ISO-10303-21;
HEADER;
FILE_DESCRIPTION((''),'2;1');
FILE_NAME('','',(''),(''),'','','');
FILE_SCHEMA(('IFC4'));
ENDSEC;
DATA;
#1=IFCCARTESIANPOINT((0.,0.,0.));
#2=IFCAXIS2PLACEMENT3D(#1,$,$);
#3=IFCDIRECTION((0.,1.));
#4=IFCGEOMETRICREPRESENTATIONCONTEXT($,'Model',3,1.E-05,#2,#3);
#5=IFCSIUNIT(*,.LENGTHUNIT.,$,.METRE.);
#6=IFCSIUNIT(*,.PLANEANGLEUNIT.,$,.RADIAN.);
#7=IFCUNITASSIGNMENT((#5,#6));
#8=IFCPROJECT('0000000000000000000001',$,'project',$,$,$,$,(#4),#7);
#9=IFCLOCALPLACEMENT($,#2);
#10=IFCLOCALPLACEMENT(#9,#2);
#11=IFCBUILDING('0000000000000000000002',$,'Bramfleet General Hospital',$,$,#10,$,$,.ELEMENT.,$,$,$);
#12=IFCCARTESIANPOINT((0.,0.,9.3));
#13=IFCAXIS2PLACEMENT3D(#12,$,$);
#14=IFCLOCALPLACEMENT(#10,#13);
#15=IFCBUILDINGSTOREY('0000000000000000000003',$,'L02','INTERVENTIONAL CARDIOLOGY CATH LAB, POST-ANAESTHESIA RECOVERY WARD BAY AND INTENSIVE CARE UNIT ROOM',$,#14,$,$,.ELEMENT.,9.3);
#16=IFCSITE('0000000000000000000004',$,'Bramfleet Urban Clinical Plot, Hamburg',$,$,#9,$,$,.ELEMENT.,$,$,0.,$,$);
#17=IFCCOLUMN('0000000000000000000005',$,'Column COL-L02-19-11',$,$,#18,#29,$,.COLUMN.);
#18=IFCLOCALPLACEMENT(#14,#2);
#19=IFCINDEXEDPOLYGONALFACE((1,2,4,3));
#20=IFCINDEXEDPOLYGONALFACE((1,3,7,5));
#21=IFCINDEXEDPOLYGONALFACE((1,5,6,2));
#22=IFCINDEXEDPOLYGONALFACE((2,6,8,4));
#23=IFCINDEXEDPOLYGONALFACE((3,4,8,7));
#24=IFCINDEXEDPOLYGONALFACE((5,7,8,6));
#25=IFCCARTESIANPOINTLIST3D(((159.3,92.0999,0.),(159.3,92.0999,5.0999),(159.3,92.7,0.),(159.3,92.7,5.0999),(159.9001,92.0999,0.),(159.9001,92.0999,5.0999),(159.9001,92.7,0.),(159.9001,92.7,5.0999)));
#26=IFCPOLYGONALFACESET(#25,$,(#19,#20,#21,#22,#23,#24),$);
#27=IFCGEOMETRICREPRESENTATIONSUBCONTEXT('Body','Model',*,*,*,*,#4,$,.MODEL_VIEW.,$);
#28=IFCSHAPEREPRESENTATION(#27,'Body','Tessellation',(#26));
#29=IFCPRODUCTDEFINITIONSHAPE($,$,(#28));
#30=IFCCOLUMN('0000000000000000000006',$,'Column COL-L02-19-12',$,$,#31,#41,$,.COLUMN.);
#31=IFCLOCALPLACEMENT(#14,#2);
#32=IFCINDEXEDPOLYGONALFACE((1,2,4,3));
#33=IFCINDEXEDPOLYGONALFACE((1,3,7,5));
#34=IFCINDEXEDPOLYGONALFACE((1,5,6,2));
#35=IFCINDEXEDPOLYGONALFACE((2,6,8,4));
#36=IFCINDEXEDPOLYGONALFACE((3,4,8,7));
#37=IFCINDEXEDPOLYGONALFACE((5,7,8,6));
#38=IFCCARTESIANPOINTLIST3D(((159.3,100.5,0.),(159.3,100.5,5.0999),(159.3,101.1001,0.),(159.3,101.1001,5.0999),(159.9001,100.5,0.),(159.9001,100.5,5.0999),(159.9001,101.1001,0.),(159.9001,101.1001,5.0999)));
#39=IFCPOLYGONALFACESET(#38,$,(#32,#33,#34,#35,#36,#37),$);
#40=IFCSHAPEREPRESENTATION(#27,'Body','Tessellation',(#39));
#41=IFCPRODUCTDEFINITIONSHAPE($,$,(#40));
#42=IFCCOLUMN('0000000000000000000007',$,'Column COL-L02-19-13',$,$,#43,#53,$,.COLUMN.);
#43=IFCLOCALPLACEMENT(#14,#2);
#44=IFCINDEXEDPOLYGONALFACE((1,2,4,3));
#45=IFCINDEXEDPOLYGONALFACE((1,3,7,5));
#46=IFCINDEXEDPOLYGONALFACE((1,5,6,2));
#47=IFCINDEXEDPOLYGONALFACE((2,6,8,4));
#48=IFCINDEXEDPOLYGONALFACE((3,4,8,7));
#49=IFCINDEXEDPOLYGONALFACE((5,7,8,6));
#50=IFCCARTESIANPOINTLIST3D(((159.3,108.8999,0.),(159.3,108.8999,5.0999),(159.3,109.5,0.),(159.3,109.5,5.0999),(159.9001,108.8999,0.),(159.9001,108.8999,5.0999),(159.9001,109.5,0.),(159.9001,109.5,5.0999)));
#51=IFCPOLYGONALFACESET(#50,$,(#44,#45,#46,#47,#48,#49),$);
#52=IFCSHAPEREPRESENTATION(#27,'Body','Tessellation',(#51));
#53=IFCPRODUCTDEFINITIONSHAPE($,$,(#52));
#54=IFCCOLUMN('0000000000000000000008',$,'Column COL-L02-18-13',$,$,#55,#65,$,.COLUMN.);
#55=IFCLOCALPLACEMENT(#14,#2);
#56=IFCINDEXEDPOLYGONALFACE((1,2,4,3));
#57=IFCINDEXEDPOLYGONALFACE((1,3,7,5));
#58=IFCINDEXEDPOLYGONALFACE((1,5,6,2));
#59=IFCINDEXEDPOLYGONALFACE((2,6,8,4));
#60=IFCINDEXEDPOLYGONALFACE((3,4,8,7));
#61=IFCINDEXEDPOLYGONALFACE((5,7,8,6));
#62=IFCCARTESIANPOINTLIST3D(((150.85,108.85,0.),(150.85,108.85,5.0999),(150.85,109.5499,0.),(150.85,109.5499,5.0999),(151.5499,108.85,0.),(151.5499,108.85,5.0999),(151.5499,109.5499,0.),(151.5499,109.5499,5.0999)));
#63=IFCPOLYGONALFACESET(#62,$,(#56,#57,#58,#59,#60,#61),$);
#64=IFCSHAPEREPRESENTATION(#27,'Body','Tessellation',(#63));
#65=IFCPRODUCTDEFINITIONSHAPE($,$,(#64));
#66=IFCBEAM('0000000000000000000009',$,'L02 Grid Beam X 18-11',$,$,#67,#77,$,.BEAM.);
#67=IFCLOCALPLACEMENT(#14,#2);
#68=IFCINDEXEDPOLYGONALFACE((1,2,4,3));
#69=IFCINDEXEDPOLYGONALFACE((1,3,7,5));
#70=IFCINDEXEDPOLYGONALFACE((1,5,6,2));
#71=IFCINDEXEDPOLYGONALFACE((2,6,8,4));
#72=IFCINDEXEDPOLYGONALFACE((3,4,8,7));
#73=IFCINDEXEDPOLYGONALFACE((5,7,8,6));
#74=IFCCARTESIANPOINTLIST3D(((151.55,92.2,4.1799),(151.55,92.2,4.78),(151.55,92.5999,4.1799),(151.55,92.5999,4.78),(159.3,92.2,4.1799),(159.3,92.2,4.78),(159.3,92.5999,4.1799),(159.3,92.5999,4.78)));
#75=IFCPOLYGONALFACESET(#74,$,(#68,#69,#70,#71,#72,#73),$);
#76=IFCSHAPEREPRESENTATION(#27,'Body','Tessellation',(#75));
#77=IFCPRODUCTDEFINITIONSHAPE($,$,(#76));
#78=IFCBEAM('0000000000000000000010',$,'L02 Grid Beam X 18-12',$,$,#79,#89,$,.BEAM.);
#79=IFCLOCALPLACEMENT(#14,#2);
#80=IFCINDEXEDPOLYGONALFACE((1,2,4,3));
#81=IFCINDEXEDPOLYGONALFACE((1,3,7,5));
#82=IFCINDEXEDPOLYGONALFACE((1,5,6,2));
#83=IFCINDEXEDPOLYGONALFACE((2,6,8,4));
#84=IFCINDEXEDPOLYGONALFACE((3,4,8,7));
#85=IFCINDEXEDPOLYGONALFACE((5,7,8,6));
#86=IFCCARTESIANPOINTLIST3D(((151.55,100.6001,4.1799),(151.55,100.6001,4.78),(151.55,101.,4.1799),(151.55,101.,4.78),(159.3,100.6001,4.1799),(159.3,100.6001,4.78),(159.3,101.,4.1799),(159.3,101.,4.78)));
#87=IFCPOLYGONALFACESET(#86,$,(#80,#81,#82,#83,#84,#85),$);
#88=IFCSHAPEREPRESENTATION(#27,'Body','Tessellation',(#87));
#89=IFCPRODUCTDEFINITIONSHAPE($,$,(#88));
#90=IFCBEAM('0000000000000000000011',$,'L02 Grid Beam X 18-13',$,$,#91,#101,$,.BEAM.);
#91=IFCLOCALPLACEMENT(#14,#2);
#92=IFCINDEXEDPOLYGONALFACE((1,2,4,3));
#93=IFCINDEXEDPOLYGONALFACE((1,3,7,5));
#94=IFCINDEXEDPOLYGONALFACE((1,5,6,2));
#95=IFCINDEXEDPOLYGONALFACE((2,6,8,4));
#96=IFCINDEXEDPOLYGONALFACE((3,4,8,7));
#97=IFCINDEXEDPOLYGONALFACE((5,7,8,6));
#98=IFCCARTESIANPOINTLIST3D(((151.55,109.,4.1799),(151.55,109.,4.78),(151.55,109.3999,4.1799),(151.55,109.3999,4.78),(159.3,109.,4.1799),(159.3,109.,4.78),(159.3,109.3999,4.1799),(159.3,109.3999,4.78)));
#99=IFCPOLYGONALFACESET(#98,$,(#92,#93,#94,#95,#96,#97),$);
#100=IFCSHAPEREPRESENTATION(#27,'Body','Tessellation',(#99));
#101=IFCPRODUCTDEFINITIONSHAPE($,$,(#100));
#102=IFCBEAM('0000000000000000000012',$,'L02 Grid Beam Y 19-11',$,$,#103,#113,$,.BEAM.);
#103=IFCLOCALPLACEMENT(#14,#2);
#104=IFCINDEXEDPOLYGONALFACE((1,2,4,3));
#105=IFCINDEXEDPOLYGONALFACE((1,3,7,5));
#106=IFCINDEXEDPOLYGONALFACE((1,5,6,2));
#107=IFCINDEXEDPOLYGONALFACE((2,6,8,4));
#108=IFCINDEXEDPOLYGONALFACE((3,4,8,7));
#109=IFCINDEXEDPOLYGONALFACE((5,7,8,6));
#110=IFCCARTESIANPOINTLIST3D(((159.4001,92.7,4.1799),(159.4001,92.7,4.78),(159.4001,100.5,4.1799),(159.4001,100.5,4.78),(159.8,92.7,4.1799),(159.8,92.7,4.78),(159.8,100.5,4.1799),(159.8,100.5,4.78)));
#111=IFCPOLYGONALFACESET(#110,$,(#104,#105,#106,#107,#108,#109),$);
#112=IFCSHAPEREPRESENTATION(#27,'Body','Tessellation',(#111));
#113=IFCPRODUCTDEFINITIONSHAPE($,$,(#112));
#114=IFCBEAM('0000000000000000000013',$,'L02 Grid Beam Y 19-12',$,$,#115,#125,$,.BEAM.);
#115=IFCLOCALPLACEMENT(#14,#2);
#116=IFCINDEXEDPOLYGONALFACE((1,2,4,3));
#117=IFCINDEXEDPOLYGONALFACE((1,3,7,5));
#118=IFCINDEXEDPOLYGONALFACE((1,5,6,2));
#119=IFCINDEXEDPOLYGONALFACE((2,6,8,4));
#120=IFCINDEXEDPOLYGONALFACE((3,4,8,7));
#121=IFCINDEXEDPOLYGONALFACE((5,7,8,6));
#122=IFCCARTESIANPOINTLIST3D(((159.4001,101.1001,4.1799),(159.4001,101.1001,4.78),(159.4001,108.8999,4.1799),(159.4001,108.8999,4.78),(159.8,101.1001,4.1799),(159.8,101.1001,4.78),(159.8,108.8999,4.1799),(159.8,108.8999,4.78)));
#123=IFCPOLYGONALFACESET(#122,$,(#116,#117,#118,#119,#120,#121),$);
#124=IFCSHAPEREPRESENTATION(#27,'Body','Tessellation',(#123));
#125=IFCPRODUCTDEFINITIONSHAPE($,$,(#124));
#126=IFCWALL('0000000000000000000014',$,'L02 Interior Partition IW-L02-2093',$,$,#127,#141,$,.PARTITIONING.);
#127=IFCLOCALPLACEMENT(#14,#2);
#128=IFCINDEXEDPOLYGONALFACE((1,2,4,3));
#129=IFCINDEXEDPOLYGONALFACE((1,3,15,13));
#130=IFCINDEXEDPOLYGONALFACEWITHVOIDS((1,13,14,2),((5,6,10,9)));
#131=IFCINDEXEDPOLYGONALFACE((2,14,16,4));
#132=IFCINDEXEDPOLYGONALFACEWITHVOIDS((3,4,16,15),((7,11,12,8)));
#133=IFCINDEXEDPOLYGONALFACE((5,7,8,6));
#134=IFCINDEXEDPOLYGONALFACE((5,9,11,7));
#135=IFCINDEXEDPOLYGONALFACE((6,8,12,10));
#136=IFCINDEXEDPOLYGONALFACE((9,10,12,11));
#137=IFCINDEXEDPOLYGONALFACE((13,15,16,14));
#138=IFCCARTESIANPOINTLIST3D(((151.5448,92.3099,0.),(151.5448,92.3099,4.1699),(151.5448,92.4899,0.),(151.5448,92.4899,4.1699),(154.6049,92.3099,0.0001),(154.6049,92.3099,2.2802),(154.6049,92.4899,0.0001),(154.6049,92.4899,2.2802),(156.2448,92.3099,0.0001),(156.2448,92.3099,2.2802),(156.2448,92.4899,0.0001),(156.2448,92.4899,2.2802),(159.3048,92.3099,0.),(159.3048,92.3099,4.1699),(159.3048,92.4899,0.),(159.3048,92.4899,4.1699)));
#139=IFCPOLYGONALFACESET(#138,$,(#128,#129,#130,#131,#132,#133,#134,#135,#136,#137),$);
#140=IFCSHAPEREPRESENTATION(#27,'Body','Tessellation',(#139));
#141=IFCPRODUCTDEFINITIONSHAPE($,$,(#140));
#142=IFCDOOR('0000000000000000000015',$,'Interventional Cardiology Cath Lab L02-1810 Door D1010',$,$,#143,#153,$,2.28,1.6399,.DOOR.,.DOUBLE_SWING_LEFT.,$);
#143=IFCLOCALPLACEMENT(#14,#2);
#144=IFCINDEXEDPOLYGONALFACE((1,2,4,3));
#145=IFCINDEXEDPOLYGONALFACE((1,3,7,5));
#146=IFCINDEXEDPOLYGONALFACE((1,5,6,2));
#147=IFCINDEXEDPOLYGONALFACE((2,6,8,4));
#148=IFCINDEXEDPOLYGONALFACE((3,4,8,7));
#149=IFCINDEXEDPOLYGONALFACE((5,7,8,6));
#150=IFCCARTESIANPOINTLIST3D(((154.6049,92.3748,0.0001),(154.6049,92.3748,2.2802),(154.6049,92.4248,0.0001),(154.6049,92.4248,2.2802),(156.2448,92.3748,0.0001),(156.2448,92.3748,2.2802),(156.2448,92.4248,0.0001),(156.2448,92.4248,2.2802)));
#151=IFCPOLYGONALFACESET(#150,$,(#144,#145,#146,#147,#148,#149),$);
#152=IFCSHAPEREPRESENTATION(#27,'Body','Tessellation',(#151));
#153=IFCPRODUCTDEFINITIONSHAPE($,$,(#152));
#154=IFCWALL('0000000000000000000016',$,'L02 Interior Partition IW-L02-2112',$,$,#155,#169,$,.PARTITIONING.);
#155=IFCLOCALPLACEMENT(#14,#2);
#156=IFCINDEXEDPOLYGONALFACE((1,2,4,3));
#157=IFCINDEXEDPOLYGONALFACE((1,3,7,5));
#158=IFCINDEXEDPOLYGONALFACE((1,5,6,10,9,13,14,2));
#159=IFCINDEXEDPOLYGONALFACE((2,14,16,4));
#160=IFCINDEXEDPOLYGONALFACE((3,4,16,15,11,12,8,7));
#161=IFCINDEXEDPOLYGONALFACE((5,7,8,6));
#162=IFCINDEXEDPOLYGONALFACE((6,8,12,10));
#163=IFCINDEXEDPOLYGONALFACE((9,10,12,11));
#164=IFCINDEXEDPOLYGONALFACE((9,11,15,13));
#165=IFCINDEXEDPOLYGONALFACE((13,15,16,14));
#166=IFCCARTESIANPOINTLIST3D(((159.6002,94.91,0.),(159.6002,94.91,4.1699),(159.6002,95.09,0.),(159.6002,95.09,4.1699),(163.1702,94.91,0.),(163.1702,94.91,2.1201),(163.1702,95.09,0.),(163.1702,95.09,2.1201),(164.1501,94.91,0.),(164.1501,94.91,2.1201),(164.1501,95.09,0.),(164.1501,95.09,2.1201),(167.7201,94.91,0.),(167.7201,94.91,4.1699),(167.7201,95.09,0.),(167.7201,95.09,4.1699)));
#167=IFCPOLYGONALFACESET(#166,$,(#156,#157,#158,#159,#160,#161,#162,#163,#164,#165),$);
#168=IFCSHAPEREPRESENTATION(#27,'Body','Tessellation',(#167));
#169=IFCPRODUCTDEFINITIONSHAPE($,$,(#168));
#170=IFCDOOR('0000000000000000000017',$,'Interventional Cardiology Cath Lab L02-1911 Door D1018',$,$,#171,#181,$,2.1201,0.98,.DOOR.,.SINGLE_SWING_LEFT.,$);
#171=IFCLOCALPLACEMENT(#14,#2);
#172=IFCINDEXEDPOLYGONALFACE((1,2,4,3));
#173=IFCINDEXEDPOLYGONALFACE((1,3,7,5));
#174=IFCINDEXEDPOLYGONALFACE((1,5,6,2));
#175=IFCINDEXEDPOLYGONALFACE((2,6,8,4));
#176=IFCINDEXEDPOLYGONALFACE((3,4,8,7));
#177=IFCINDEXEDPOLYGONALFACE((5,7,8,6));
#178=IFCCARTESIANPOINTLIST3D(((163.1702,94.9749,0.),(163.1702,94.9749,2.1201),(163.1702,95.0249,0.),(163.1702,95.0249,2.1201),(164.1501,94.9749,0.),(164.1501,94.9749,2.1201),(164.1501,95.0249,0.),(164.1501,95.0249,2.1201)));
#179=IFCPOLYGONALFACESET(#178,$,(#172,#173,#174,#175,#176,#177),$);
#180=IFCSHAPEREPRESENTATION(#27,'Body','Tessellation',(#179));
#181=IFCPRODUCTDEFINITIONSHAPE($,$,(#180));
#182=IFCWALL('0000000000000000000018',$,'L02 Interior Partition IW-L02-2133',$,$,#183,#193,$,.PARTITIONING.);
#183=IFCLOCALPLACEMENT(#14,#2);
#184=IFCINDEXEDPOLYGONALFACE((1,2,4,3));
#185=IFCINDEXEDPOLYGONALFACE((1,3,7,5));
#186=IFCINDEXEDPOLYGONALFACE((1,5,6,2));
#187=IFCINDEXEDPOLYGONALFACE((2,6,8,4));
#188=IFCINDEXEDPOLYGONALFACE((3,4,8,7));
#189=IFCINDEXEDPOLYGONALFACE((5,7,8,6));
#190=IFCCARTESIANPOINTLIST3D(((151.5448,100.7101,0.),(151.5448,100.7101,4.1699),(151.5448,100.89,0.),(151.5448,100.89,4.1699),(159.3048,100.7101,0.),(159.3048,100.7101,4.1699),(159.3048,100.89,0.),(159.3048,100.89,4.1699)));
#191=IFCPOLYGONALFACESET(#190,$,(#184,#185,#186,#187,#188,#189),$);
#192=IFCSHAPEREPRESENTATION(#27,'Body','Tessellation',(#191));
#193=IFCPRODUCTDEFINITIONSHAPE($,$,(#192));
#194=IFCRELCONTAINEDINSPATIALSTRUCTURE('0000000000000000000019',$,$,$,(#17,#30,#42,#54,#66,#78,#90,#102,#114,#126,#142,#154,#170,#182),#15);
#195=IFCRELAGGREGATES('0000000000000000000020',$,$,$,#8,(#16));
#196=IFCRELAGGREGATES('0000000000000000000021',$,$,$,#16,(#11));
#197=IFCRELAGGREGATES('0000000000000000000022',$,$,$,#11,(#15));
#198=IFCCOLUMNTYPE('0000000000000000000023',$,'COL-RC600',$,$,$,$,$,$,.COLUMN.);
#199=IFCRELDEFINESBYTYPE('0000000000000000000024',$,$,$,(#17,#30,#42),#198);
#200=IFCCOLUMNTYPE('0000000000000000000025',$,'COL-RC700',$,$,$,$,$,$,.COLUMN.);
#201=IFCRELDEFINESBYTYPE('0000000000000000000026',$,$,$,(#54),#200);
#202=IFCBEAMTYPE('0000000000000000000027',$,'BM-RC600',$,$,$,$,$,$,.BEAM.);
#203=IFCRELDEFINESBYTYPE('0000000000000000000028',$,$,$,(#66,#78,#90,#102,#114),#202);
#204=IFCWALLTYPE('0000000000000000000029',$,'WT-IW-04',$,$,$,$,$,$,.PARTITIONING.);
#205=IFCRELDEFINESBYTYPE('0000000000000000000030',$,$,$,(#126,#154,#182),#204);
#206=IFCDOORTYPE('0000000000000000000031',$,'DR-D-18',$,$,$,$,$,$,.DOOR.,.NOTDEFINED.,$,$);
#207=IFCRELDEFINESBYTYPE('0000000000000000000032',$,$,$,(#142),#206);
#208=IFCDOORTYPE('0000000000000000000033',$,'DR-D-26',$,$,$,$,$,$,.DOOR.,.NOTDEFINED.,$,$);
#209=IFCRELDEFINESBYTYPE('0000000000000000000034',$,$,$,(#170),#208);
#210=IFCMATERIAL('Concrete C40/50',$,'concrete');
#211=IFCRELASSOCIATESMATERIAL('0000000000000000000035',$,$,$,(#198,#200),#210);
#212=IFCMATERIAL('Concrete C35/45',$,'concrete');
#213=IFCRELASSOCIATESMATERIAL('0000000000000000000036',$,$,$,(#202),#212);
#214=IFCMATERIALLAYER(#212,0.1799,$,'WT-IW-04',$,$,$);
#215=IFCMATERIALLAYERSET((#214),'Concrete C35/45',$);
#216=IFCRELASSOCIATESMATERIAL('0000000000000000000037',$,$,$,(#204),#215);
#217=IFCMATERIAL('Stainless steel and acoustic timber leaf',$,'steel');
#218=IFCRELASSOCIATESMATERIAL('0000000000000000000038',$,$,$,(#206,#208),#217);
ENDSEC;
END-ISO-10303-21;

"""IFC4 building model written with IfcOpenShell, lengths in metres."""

from ifc_helpers import new_model, si_unit, direction, frame, frame_2d, origin, origin_2d, place, context, subcontext, project, spatial, rectangle, extrude, material, layer, layer_set, material_profile, profile_set, type_object, element, fill, save


model = new_model("IFC4")

# Units and contexts
model_context = context("Model", 3, precision=1e-05, world=origin(), true_north=direction((0.0, 1.0)))
body_context = subcontext(model_context, "Body", "Model", "MODEL_VIEW")
ifc_project = project(units=[si_unit("LENGTHUNIT", "METRE"), si_unit("PLANEANGLEUNIT", "RADIAN")], contexts=[model_context])

# Site, building, storey
site_placement = place(None, origin())
site = spatial("IfcSite", under=ifc_project, at=site_placement, Name="Bramfleet Urban Clinical Plot, Hamburg", CompositionType="ELEMENT", RefElevation=0.0)
building_placement = place(site_placement, origin())
building = spatial("IfcBuilding", under=site, at=building_placement, Name="Bramfleet General Hospital", CompositionType="ELEMENT")
storey_placement = place(building_placement, frame((0.0, 0.0, 9.3)))
storey = spatial("IfcBuildingStorey", under=building, at=storey_placement, Name="L02", Description="INTERVENTIONAL CARDIOLOGY CATH LAB, POST-ANAESTHESIA RECOVERY WARD BAY AND INTENSIVE CARE UNIT ROOM", CompositionType="ELEMENT", Elevation=9.3)

# Columns
ifc_material_1 = material(Name="Concrete C40/50", Category="concrete")
ifc_material_profile_1 = material_profile(ifc_material_1, rectangle(XDim=0.6001, YDim=0.6001, at=origin_2d()), Name="RC COL 600x600")
ifc_profile_set_1 = profile_set([ifc_material_profile_1], Name="Concrete C40/50")
column_type_1 = type_object("IfcColumnType", Name="COL-RC600", PredefinedType="COLUMN", material=ifc_profile_set_1)
for number, where, z_axis, x_axis, name in (
    (1, (159.6001, 92.3999, 0.0), (0.0, 0.0, 1.0), (1.0, 0.0, 0.0), "Column COL-L02-19-11"),
    (2, (159.6001, 100.8, 0.0), (0.0, 0.0, 1.0), (1.0, 0.0, 0.0), "Column COL-L02-19-12"),
    (3, (159.6001, 109.2, 0.0), (0.0, 0.0, 1.0), (1.0, 0.0, 0.0), "Column COL-L02-19-13"),
):
    element("IfcColumn", number, at=place(storey_placement, frame(where, z_axis=z_axis, x_axis=x_axis)), inside=storey, type_object=column_type_1, Name=name, PredefinedType="COLUMN", context=body_context, shape_type="SweptSolid", body=[
        extrude(rectangle(XDim=0.6001, YDim=0.6001, at=origin_2d()), origin(), (0.0, 0.0, 1.0), 5.0999),
    ])
ifc_material_profile_2 = material_profile(ifc_material_1, rectangle(XDim=0.7, YDim=0.7, at=origin_2d()), Name="RC COL 700x700")
ifc_profile_set_2 = profile_set([ifc_material_profile_2], Name="Concrete C40/50")
column_type_2 = type_object("IfcColumnType", Name="COL-RC700", PredefinedType="COLUMN", material=ifc_profile_set_2)
column_placement = place(storey_placement, frame((151.2, 109.2, 0.0), z_axis=(0.0, 0.0, 1.0), x_axis=(1.0, 0.0, 0.0)))
element("IfcColumn", 4, at=column_placement, inside=storey, type_object=column_type_2, Name="Column COL-L02-18-13", PredefinedType="COLUMN", context=body_context, shape_type="SweptSolid", body=[
    extrude(rectangle(XDim=0.7, YDim=0.7, at=origin_2d()), origin(), (0.0, 0.0, 1.0), 5.0999),
])

# Beams
ifc_material_2 = material(Name="Concrete C35/45", Category="concrete")
ifc_material_profile_3 = material_profile(ifc_material_2, rectangle(XDim=0.3999, YDim=0.6001, at=origin_2d()), Name="RC BM 600x400")
ifc_profile_set_3 = profile_set([ifc_material_profile_3], Name="Concrete C35/45")
beam_type = type_object("IfcBeamType", Name="BM-RC600", PredefinedType="BEAM", material=ifc_profile_set_3)
for number, where, z_axis, x_axis, name in (
    (5, (151.55, 92.3999, 4.48), (1.0, 0.0, 0.0), (0.0, 1.0, 0.0), "L02 Grid Beam X 18-11"),
    (6, (151.55, 100.8, 4.48), (1.0, 0.0, 0.0), (0.0, 1.0, 0.0), "L02 Grid Beam X 18-12"),
    (7, (151.55, 109.2, 4.48), (1.0, 0.0, 0.0), (0.0, 1.0, 0.0), "L02 Grid Beam X 18-13"),
):
    element("IfcBeam", number, at=place(storey_placement, frame(where, z_axis=z_axis, x_axis=x_axis)), inside=storey, type_object=beam_type, Name=name, PredefinedType="BEAM", context=body_context, shape_type="SweptSolid", body=[
        extrude(rectangle(XDim=0.3999, YDim=0.6001, at=origin_2d()), origin(), (0.0, 0.0, 1.0), 7.75),
    ])
beam_1_placement = place(storey_placement, frame((159.6001, 92.7, 4.48), z_axis=(0.0, 1.0, 0.0), x_axis=(-1.0, 0.0, 0.0)))
element("IfcBeam", 8, at=beam_1_placement, inside=storey, type_object=beam_type, Name="L02 Grid Beam Y 19-11", PredefinedType="BEAM", context=body_context, shape_type="SweptSolid", body=[
    extrude(rectangle(XDim=0.3999, YDim=0.6001, at=origin_2d()), origin(), (0.0, 0.0, 1.0), 7.8),
])
beam_2_placement = place(storey_placement, frame((159.6001, 101.1001, 4.48), z_axis=(0.0, 1.0, 0.0), x_axis=(-1.0, 0.0, 0.0)))
element("IfcBeam", 9, at=beam_2_placement, inside=storey, type_object=beam_type, Name="L02 Grid Beam Y 19-12", PredefinedType="BEAM", context=body_context, shape_type="SweptSolid", body=[
    extrude(rectangle(XDim=0.3999, YDim=0.6001, at=origin_2d()), origin(), (0.0, 0.0, 1.0), 7.7998),
])

# Walls, openings, doors
ifc_layer = layer(ifc_material_2, 0.1799, Name="WT-IW-04")
ifc_layer_set = layer_set([ifc_layer], Name="Concrete C35/45")
wall_type = type_object("IfcWallType", Name="WT-IW-04", PredefinedType="PARTITIONING", material=ifc_layer_set)
wall_1_placement = place(storey_placement, frame((151.5449, 92.3999, 0.0), z_axis=(0.0, 0.0, 1.0), x_axis=(1.0, 0.0, 0.0)))
wall_1 = element("IfcWall", 10, at=wall_1_placement, inside=storey, type_object=wall_type, Name="L02 Interior Partition IW-L02-2093", PredefinedType="PARTITIONING", context=body_context, shape_type="SweptSolid", body=[
    extrude(rectangle(XDim=7.76, YDim=0.1799, at=frame_2d((3.8799, 0.0))), origin(), (0.0, 0.0, 1.0), 4.1699),
])
opening_1_placement = place(wall_1_placement, frame((3.0601, 0.0, 0.0)))
opening_1 = element("IfcOpeningElement", 11, at=opening_1_placement, cuts=wall_1, PredefinedType="OPENING", context=body_context, shape_type="SweptSolid", body=[
    extrude(rectangle(XDim=1.6399, YDim=2.28, at=frame_2d((0.8198, 1.1401))), frame((0.0, 0.0999, 0.0), z_axis=(0.0, -1.0, 0.0), x_axis=(1.0, 0.0, 0.0)), (0.0, 0.0, 1.0), 0.2),
])
ifc_material_3 = material(Name="Stainless steel and acoustic timber leaf", Category="steel")
door_type_1 = type_object("IfcDoorType", Name="DR-D-18", OperationType="NOTDEFINED", PredefinedType="DOOR", material=ifc_material_3)
door_1_placement = place(opening_1_placement, origin())
door_1 = element("IfcDoor", 12, at=door_1_placement, inside=storey, type_object=door_type_1, Name="Interventional Cardiology Cath Lab L02-1810 Door D1010", OperationType="DOUBLE_SWING_LEFT", OverallHeight=2.28, OverallWidth=1.6399, PredefinedType="DOOR", context=body_context, shape_type="SweptSolid", body=[
    extrude(rectangle(XDim=1.6399, YDim=2.28, at=frame_2d((0.8198, 1.1401))), frame((0.0, 0.0249, 0.0), z_axis=(0.0, -1.0, 0.0), x_axis=(1.0, 0.0, 0.0)), (0.0, 0.0, 1.0), 0.05),
])
fill(opening_1, door_1)
wall_2_placement = place(storey_placement, frame((159.6001, 95.0, 0.0), z_axis=(0.0, 0.0, 1.0), x_axis=(1.0, 0.0, 0.0)))
wall_2 = element("IfcWall", 13, at=wall_2_placement, inside=storey, type_object=wall_type, Name="L02 Interior Partition IW-L02-2112", PredefinedType="PARTITIONING", context=body_context, shape_type="SweptSolid", body=[
    extrude(rectangle(XDim=8.1199, YDim=0.1799, at=frame_2d((4.0601, 0.0))), origin(), (0.0, 0.0, 1.0), 4.1699),
])
opening_2_placement = place(wall_2_placement, frame((3.5701, 0.0, 0.0)))
opening_2 = element("IfcOpeningElement", 14, at=opening_2_placement, cuts=wall_2, PredefinedType="OPENING", context=body_context, shape_type="SweptSolid", body=[
    extrude(rectangle(XDim=0.98, YDim=2.1201, at=frame_2d((0.49, 1.0601))), frame((0.0, 0.0999, 0.0), z_axis=(0.0, -1.0, 0.0), x_axis=(1.0, 0.0, 0.0)), (0.0, 0.0, 1.0), 0.2),
])
door_type_2 = type_object("IfcDoorType", Name="DR-D-26", OperationType="NOTDEFINED", PredefinedType="DOOR", material=ifc_material_3)
door_2_placement = place(opening_2_placement, origin())
door_2 = element("IfcDoor", 15, at=door_2_placement, inside=storey, type_object=door_type_2, Name="Interventional Cardiology Cath Lab L02-1911 Door D1018", OperationType="SINGLE_SWING_LEFT", OverallHeight=2.1201, OverallWidth=0.98, PredefinedType="DOOR", context=body_context, shape_type="SweptSolid", body=[
    extrude(rectangle(XDim=0.98, YDim=2.1201, at=frame_2d((0.49, 1.0601))), frame((0.0, 0.0249, 0.0), z_axis=(0.0, -1.0, 0.0), x_axis=(1.0, 0.0, 0.0)), (0.0, 0.0, 1.0), 0.05),
])
fill(opening_2, door_2)

# Wall
wall_3_placement = place(storey_placement, frame((151.5449, 100.8, 0.0), z_axis=(0.0, 0.0, 1.0), x_axis=(1.0, 0.0, 0.0)))
element("IfcWall", 16, at=wall_3_placement, inside=storey, type_object=wall_type, Name="L02 Interior Partition IW-L02-2133", PredefinedType="PARTITIONING", context=body_context, shape_type="SweptSolid", body=[
    extrude(rectangle(XDim=7.76, YDim=0.1799, at=frame_2d((3.8799, 0.0))), origin(), (0.0, 0.0, 1.0), 4.1699),
])

save(model, "model.ifc")
